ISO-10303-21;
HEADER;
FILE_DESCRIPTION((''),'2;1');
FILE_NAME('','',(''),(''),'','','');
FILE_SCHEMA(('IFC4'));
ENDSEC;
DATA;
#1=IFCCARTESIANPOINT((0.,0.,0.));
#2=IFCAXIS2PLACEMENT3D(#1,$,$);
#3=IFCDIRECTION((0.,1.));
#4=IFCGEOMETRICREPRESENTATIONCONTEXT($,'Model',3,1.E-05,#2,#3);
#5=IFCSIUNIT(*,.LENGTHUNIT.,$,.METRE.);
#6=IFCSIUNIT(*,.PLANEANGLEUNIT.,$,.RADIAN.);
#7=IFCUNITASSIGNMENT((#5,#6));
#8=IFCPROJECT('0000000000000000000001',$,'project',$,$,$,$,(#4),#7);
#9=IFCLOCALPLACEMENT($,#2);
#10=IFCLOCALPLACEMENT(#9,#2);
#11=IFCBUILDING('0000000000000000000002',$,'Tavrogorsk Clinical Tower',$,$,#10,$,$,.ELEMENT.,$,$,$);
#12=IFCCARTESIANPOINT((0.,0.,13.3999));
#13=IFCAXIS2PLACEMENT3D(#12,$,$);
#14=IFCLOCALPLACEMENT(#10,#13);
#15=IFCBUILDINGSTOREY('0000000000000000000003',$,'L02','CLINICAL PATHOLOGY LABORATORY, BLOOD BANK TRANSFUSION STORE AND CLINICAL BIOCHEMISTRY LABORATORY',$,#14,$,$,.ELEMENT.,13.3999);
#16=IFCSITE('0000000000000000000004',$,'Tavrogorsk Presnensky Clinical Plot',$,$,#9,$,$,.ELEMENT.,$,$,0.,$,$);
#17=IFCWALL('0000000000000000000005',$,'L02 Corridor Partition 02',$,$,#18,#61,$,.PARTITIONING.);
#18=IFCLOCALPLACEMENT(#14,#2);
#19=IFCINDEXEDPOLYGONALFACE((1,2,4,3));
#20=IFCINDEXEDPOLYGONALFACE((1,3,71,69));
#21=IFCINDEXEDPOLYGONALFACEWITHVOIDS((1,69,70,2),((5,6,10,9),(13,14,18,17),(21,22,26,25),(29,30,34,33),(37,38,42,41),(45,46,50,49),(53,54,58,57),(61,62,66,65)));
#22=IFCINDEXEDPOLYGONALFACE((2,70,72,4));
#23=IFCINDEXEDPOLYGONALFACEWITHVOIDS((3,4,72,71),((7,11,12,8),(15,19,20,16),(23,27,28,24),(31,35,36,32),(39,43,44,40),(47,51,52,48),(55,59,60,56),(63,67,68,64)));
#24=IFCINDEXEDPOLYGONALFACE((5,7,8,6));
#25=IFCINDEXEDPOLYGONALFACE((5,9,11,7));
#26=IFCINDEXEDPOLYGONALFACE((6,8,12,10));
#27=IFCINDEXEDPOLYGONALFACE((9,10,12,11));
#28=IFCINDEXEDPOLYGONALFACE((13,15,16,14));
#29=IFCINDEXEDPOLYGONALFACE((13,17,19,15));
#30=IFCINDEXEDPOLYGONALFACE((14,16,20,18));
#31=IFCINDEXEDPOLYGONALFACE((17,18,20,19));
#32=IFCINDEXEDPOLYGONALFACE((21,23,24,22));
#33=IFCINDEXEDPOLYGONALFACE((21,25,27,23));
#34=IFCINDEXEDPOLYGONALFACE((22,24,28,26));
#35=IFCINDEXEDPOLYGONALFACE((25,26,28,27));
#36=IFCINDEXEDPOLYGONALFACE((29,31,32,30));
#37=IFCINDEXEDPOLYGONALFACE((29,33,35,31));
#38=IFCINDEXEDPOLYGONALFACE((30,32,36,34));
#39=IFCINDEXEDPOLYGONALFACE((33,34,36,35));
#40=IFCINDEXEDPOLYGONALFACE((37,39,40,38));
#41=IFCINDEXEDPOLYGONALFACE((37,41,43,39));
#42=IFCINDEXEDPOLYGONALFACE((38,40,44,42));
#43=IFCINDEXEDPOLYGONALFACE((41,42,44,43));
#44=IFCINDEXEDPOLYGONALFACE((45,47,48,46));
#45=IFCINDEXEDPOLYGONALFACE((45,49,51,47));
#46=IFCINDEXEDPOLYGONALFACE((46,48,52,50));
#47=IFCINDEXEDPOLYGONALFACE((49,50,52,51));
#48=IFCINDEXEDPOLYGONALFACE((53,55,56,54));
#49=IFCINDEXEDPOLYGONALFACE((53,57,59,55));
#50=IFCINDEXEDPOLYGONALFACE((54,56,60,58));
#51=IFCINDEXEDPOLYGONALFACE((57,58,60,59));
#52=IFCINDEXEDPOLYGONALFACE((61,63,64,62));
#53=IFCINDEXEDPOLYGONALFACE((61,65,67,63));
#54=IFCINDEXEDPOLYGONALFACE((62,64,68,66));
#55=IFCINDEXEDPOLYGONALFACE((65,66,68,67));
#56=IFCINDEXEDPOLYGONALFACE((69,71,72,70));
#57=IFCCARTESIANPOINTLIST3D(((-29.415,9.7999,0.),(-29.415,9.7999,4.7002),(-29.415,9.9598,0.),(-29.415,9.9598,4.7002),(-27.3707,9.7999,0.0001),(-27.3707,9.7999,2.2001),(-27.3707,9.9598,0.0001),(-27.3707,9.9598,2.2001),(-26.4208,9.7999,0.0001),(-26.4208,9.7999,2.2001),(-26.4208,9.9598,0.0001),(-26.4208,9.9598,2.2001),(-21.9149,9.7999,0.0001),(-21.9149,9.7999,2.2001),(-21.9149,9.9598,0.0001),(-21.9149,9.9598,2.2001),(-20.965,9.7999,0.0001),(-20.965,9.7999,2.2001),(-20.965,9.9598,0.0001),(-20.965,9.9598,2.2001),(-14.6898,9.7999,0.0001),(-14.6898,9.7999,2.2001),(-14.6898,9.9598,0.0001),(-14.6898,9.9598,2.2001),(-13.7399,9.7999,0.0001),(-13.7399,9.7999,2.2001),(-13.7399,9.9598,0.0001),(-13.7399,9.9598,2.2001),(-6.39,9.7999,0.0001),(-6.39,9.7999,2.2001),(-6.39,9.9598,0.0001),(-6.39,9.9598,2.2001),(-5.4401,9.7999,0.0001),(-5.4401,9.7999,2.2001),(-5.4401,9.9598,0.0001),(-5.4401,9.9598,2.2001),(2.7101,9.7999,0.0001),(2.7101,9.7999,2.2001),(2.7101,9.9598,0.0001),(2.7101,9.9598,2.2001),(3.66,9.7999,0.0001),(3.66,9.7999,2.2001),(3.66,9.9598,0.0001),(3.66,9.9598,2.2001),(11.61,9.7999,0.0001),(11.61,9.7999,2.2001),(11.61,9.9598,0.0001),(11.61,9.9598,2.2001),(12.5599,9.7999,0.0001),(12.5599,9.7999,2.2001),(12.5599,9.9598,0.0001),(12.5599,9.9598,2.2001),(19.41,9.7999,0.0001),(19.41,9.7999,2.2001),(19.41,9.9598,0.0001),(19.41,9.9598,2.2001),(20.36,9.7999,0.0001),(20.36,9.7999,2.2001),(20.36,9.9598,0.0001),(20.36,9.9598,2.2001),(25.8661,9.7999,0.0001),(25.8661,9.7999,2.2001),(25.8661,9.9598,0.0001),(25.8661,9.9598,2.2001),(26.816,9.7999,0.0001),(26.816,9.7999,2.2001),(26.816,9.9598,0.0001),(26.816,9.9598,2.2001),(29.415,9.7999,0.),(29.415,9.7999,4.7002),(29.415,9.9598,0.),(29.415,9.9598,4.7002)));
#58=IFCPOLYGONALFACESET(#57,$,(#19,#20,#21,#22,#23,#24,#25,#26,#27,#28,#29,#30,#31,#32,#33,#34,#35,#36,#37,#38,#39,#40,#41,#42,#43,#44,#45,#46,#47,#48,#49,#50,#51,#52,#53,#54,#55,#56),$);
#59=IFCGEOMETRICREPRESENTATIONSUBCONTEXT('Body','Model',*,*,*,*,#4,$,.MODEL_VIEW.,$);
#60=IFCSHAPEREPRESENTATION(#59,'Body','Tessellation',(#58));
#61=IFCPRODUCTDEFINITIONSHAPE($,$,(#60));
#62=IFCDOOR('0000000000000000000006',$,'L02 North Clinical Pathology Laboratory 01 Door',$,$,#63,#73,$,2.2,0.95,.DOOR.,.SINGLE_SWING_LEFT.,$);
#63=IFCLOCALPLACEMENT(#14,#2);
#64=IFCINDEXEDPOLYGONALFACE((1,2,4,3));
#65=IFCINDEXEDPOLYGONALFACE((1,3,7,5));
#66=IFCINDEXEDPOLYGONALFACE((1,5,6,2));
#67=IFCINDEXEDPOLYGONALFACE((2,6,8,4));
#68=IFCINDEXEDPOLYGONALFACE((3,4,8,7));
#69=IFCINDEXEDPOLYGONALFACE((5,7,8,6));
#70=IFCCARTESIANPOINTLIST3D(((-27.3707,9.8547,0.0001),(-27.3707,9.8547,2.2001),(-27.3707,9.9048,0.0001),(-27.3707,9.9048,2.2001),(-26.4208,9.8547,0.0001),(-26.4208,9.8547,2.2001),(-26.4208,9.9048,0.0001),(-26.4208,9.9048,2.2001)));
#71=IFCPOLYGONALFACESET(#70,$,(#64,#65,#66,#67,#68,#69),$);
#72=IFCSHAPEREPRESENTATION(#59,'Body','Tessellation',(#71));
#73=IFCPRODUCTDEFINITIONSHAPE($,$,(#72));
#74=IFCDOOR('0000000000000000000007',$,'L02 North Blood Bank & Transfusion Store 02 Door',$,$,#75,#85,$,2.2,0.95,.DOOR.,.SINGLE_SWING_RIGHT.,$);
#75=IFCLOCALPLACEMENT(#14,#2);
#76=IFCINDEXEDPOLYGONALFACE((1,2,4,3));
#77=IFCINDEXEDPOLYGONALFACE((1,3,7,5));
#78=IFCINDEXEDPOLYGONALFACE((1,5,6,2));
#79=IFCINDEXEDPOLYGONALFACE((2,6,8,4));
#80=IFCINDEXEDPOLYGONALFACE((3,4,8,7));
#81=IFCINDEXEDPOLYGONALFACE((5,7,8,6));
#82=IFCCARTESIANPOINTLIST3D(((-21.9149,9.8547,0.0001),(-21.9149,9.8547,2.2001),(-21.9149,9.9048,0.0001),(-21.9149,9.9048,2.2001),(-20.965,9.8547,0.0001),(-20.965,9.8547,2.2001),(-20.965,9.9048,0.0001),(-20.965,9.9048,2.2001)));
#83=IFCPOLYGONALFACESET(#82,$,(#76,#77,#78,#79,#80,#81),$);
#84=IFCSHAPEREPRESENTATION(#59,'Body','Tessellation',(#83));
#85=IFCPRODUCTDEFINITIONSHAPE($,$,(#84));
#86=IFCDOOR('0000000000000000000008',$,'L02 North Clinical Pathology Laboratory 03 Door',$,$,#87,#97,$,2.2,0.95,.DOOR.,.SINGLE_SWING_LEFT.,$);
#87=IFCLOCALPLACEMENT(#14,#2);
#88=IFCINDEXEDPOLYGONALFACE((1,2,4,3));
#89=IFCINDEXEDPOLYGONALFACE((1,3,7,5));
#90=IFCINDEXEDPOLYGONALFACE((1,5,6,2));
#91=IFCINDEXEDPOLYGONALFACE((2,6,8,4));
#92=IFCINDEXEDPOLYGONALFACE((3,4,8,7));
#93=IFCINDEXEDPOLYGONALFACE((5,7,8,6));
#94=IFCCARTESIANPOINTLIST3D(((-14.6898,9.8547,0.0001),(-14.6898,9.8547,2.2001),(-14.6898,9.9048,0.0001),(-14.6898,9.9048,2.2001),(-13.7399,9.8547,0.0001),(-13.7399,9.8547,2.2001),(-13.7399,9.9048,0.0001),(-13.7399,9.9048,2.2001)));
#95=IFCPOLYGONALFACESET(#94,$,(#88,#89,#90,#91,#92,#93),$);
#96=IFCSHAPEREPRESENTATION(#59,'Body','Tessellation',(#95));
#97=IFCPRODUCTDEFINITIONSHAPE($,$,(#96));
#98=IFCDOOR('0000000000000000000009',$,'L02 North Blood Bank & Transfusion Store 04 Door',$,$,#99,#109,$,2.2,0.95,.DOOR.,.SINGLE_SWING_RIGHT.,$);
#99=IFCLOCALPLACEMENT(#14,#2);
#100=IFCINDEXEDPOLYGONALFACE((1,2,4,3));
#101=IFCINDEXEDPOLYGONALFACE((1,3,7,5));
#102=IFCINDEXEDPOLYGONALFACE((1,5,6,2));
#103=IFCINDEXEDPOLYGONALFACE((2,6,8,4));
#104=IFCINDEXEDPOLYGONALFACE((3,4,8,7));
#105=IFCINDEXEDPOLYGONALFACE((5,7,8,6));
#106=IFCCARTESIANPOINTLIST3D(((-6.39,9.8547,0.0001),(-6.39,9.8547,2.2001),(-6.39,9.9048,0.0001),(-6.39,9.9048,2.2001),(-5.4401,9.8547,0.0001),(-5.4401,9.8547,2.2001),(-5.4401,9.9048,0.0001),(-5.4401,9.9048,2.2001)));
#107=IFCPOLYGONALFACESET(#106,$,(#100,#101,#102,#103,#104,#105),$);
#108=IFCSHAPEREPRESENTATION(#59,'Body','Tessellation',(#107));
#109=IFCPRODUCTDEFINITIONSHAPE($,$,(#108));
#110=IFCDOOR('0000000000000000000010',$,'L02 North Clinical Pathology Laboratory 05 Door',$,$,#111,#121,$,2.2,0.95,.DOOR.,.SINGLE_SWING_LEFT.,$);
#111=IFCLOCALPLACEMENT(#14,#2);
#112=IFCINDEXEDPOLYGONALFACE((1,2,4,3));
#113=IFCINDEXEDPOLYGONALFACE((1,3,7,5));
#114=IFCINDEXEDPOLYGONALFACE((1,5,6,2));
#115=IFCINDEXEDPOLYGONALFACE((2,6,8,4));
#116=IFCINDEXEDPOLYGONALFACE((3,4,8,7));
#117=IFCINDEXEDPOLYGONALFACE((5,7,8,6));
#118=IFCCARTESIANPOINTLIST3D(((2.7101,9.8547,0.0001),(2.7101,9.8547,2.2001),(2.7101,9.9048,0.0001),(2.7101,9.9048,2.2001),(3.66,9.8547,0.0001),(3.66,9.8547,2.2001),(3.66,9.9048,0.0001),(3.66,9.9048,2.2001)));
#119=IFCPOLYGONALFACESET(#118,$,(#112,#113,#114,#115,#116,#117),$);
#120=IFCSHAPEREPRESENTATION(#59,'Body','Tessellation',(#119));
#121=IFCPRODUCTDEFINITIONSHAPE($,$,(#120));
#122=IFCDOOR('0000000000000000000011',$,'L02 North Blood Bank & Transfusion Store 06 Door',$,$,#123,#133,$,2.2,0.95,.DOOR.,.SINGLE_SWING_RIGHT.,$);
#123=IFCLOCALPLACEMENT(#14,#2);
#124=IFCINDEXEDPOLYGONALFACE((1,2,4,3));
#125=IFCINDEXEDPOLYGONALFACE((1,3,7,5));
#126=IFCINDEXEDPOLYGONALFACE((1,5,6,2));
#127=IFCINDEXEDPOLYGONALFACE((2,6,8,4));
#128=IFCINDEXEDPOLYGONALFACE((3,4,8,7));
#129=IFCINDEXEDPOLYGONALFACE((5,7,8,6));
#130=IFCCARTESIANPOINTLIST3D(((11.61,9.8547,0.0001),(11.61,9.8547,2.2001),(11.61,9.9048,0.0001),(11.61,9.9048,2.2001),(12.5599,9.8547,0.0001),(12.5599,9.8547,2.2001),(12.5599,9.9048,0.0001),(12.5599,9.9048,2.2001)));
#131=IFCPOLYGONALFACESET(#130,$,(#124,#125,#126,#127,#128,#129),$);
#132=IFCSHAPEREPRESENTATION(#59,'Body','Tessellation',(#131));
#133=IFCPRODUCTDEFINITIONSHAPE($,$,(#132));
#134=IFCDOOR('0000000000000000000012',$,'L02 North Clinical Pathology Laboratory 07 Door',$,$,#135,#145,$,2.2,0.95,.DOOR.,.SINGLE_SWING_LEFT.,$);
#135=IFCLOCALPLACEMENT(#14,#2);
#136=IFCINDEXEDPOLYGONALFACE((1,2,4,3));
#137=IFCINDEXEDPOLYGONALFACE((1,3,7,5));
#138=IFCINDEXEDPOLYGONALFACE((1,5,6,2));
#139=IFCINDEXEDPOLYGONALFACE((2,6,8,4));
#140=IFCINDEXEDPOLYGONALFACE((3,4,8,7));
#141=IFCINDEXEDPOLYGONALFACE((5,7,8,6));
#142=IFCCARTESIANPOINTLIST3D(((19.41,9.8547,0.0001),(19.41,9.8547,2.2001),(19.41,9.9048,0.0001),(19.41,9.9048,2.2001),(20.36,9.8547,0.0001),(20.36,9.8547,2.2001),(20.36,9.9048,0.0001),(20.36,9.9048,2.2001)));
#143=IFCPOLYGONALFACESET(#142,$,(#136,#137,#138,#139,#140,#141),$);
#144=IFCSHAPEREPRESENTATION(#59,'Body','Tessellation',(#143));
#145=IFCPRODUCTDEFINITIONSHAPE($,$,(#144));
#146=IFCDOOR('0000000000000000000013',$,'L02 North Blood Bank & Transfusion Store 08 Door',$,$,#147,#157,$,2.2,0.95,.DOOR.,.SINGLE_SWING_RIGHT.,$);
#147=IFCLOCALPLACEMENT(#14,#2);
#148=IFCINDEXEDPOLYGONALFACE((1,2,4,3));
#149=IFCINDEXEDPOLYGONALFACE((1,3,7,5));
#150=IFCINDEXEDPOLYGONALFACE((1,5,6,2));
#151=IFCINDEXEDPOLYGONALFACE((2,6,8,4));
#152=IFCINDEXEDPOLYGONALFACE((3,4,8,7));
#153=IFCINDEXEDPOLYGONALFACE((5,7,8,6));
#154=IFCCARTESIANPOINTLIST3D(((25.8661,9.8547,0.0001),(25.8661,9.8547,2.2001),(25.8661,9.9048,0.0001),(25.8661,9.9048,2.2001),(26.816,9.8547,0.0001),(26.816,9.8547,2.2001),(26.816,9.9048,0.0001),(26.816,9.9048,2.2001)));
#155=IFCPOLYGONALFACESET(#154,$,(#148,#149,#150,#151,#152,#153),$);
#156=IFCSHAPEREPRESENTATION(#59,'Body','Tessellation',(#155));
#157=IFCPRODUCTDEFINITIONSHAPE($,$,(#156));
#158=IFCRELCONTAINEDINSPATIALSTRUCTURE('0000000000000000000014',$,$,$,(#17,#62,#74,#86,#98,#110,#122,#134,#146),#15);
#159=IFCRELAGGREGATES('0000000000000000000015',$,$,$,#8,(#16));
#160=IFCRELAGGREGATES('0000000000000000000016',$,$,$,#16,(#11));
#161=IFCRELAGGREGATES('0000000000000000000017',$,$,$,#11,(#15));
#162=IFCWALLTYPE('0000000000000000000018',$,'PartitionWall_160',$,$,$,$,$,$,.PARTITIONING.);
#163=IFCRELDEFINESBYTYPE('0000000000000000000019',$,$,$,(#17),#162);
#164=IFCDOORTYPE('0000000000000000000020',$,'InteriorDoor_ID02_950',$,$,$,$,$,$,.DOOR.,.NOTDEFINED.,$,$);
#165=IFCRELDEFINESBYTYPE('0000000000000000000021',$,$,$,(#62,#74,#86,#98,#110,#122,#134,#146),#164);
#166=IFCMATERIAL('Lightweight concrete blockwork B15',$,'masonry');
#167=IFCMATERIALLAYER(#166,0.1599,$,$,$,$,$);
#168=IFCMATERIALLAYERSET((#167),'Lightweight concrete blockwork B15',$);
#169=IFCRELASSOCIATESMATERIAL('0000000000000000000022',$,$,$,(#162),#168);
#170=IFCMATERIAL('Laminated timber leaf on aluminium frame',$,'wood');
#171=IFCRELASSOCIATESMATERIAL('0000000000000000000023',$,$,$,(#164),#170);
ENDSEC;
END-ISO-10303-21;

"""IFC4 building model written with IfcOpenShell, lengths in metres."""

from ifc_helpers import new_model, si_unit, direction, frame, frame_2d, origin, place, context, subcontext, project, spatial, rectangle, extrude, material, layer, layer_set, type_object, element, fill, save


model = new_model("IFC4")

# Units and contexts
model_context = context("Model", 3, precision=1e-05, world=origin(), true_north=direction((0.0, 1.0)))
body_context = subcontext(model_context, "Body", "Model", "MODEL_VIEW")
ifc_project = project(units=[si_unit("LENGTHUNIT", "METRE"), si_unit("PLANEANGLEUNIT", "RADIAN")], contexts=[model_context])

# Site, building, storey
site_placement = place(None, origin())
site = spatial("IfcSite", under=ifc_project, at=site_placement, Name="Tavrogorsk Presnensky Clinical Plot", CompositionType="ELEMENT", RefElevation=0.0)
building_placement = place(site_placement, origin())
building = spatial("IfcBuilding", under=site, at=building_placement, Name="Tavrogorsk Clinical Tower", CompositionType="ELEMENT")
storey_placement = place(building_placement, frame((0.0, 0.0, 13.3999)))
storey = spatial("IfcBuildingStorey", under=building, at=storey_placement, Name="L02", Description="CLINICAL PATHOLOGY LABORATORY, BLOOD BANK TRANSFUSION STORE AND CLINICAL BIOCHEMISTRY LABORATORY", CompositionType="ELEMENT", Elevation=13.3999)

# Wall, openings, doors
ifc_material_1 = material(Name="Lightweight concrete blockwork B15", Category="masonry")
ifc_layer_1 = layer(ifc_material_1, 0.1599)
ifc_layer_set_1 = layer_set([ifc_layer_1], Name="Lightweight concrete blockwork B15")
wall_type_1 = type_object("IfcWallType", Name="PartitionWall_160", PredefinedType="PARTITIONING", material=ifc_layer_set_1)
wall_1_placement = place(storey_placement, frame((-29.415, 9.8799, 0.0), z_axis=(0.0, 0.0, 1.0), x_axis=(1.0, 0.0, 0.0)))
wall_1 = element("IfcWall", 1, at=wall_1_placement, inside=storey, type_object=wall_type_1, Name="L02 Corridor Partition 02", PredefinedType="PARTITIONING", context=body_context, shape_type="SweptSolid", body=[
    extrude(rectangle(XDim=58.8301, YDim=0.1599, at=frame_2d((29.415, 0.0))), origin(), (0.0, 0.0, 1.0), 4.7002),
])
opening_1_placement = place(wall_1_placement, frame((2.0442, 0.0, 0.0)))
opening_1 = element("IfcOpeningElement", 2, at=opening_1_placement, cuts=wall_1, PredefinedType="OPENING", context=body_context, shape_type="SweptSolid", body=[
    extrude(rectangle(XDim=0.95, YDim=2.2, at=frame_2d((0.4751, 1.1001))), frame((0.0, 0.0898, 0.0), z_axis=(0.0, -1.0, 0.0), x_axis=(1.0, 0.0, 0.0)), (0.0, 0.0, 1.0), 0.1799),
])
opening_2_placement = place(wall_1_placement, frame((7.5, 0.0, 0.0)))
opening_2 = element("IfcOpeningElement", 3, at=opening_2_placement, cuts=wall_1, PredefinedType="OPENING", context=body_context, shape_type="SweptSolid", body=[
    extrude(rectangle(XDim=0.95, YDim=2.2, at=frame_2d((0.4751, 1.1001))), frame((0.0, 0.0898, 0.0), z_axis=(0.0, -1.0, 0.0), x_axis=(1.0, 0.0, 0.0)), (0.0, 0.0, 1.0), 0.1799),
])
opening_3_placement = place(wall_1_placement, frame((14.7251, 0.0, 0.0)))
opening_3 = element("IfcOpeningElement", 4, at=opening_3_placement, cuts=wall_1, PredefinedType="OPENING", context=body_context, shape_type="SweptSolid", body=[
    extrude(rectangle(XDim=0.95, YDim=2.2, at=frame_2d((0.4751, 1.1001))), frame((0.0, 0.0898, 0.0), z_axis=(0.0, -1.0, 0.0), x_axis=(1.0, 0.0, 0.0)), (0.0, 0.0, 1.0), 0.1799),
])
opening_4_placement = place(wall_1_placement, frame((23.0249, 0.0, 0.0)))
opening_4 = element("IfcOpeningElement", 5, at=opening_4_placement, cuts=wall_1, PredefinedType="OPENING", context=body_context, shape_type="SweptSolid", body=[
    extrude(rectangle(XDim=0.95, YDim=2.2, at=frame_2d((0.4751, 1.1001))), frame((0.0, 0.0898, 0.0), z_axis=(0.0, -1.0, 0.0), x_axis=(1.0, 0.0, 0.0)), (0.0, 0.0, 1.0), 0.1799),
])
opening_5_placement = place(wall_1_placement, frame((32.125, 0.0, 0.0)))
opening_5 = element("IfcOpeningElement", 6, at=opening_5_placement, cuts=wall_1, PredefinedType="OPENING", context=body_context, shape_type="SweptSolid", body=[
    extrude(rectangle(XDim=0.95, YDim=2.2, at=frame_2d((0.4751, 1.1001))), frame((0.0, 0.0898, 0.0), z_axis=(0.0, -1.0, 0.0), x_axis=(1.0, 0.0, 0.0)), (0.0, 0.0, 1.0), 0.1799),
])
opening_6_placement = place(wall_1_placement, frame((41.0249, 0.0, 0.0)))
opening_6 = element("IfcOpeningElement", 7, at=opening_6_placement, cuts=wall_1, PredefinedType="OPENING", context=body_context, shape_type="SweptSolid", body=[
    extrude(rectangle(XDim=0.95, YDim=2.2, at=frame_2d((0.4751, 1.1001))), frame((0.0, 0.0898, 0.0), z_axis=(0.0, -1.0, 0.0), x_axis=(1.0, 0.0, 0.0)), (0.0, 0.0, 1.0), 0.1799),
])
opening_7_placement = place(wall_1_placement, frame((48.825, 0.0, 0.0)))
opening_7 = element("IfcOpeningElement", 8, at=opening_7_placement, cuts=wall_1, PredefinedType="OPENING", context=body_context, shape_type="SweptSolid", body=[
    extrude(rectangle(XDim=0.95, YDim=2.2, at=frame_2d((0.4751, 1.1001))), frame((0.0, 0.0898, 0.0), z_axis=(0.0, -1.0, 0.0), x_axis=(1.0, 0.0, 0.0)), (0.0, 0.0, 1.0), 0.1799),
])
opening_8_placement = place(wall_1_placement, frame((55.281, 0.0, 0.0)))
opening_8 = element("IfcOpeningElement", 9, at=opening_8_placement, cuts=wall_1, PredefinedType="OPENING", context=body_context, shape_type="SweptSolid", body=[
    extrude(rectangle(XDim=0.95, YDim=2.2, at=frame_2d((0.4751, 1.1001))), frame((0.0, 0.0898, 0.0), z_axis=(0.0, -1.0, 0.0), x_axis=(1.0, 0.0, 0.0)), (0.0, 0.0, 1.0), 0.1799),
])
ifc_material_2 = material(Name="Laminated timber leaf on aluminium frame", Category="wood")
door_type = type_object("IfcDoorType", Name="InteriorDoor_ID02_950", OperationType="NOTDEFINED", PredefinedType="DOOR", material=ifc_material_2)
door_1_placement = place(opening_1_placement, origin())
door_1 = element("IfcDoor", 10, at=door_1_placement, inside=storey, type_object=door_type, Name="L02 North Clinical Pathology Laboratory 01 Door", OperationType="SINGLE_SWING_LEFT", OverallHeight=2.2, OverallWidth=0.95, PredefinedType="DOOR", context=body_context, shape_type="SweptSolid", body=[
    extrude(rectangle(XDim=0.95, YDim=2.2, at=frame_2d((0.4751, 1.1001))), frame((0.0, 0.0249, 0.0), z_axis=(0.0, -1.0, 0.0), x_axis=(1.0, 0.0, 0.0)), (0.0, 0.0, 1.0), 0.05),
])
fill(opening_1, door_1)
door_2_placement = place(opening_2_placement, origin())
door_2 = element("IfcDoor", 11, at=door_2_placement, inside=storey, type_object=door_type, Name="L02 North Blood Bank & Transfusion Store 02 Door", OperationType="SINGLE_SWING_RIGHT", OverallHeight=2.2, OverallWidth=0.95, PredefinedType="DOOR", context=body_context, shape_type="SweptSolid", body=[
    extrude(rectangle(XDim=0.95, YDim=2.2, at=frame_2d((0.4751, 1.1001))), frame((0.0, 0.0249, 0.0), z_axis=(0.0, -1.0, 0.0), x_axis=(1.0, 0.0, 0.0)), (0.0, 0.0, 1.0), 0.05),
])
fill(opening_2, door_2)
door_3_placement = place(opening_3_placement, origin())
door_3 = element("IfcDoor", 12, at=door_3_placement, inside=storey, type_object=door_type, Name="L02 North Clinical Pathology Laboratory 03 Door", OperationType="SINGLE_SWING_LEFT", OverallHeight=2.2, OverallWidth=0.95, PredefinedType="DOOR", context=body_context, shape_type="SweptSolid", body=[
    extrude(rectangle(XDim=0.95, YDim=2.2, at=frame_2d((0.4751, 1.1001))), frame((0.0, 0.0249, 0.0), z_axis=(0.0, -1.0, 0.0), x_axis=(1.0, 0.0, 0.0)), (0.0, 0.0, 1.0), 0.05),
])
fill(opening_3, door_3)
door_4_placement = place(opening_4_placement, origin())
door_4 = element("IfcDoor", 13, at=door_4_placement, inside=storey, type_object=door_type, Name="L02 North Blood Bank & Transfusion Store 04 Door", OperationType="SINGLE_SWING_RIGHT", OverallHeight=2.2, OverallWidth=0.95, PredefinedType="DOOR", context=body_context, shape_type="SweptSolid", body=[
    extrude(rectangle(XDim=0.95, YDim=2.2, at=frame_2d((0.4751, 1.1001))), frame((0.0, 0.0249, 0.0), z_axis=(0.0, -1.0, 0.0), x_axis=(1.0, 0.0, 0.0)), (0.0, 0.0, 1.0), 0.05),
])
fill(opening_4, door_4)
door_5_placement = place(opening_5_placement, origin())
door_5 = element("IfcDoor", 14, at=door_5_placement, inside=storey, type_object=door_type, Name="L02 North Clinical Pathology Laboratory 05 Door", OperationType="SINGLE_SWING_LEFT", OverallHeight=2.2, OverallWidth=0.95, PredefinedType="DOOR", context=body_context, shape_type="SweptSolid", body=[
    extrude(rectangle(XDim=0.95, YDim=2.2, at=frame_2d((0.4751, 1.1001))), frame((0.0, 0.0249, 0.0), z_axis=(0.0, -1.0, 0.0), x_axis=(1.0, 0.0, 0.0)), (0.0, 0.0, 1.0), 0.05),
])
fill(opening_5, door_5)
door_6_placement = place(opening_6_placement, origin())
door_6 = element("IfcDoor", 15, at=door_6_placement, inside=storey, type_object=door_type, Name="L02 North Blood Bank & Transfusion Store 06 Door", OperationType="SINGLE_SWING_RIGHT", OverallHeight=2.2, OverallWidth=0.95, PredefinedType="DOOR", context=body_context, shape_type="SweptSolid", body=[
    extrude(rectangle(XDim=0.95, YDim=2.2, at=frame_2d((0.4751, 1.1001))), frame((0.0, 0.0249, 0.0), z_axis=(0.0, -1.0, 0.0), x_axis=(1.0, 0.0, 0.0)), (0.0, 0.0, 1.0), 0.05),
])
fill(opening_6, door_6)
door_7_placement = place(opening_7_placement, origin())
door_7 = element("IfcDoor", 16, at=door_7_placement, inside=storey, type_object=door_type, Name="L02 North Clinical Pathology Laboratory 07 Door", OperationType="SINGLE_SWING_LEFT", OverallHeight=2.2, OverallWidth=0.95, PredefinedType="DOOR", context=body_context, shape_type="SweptSolid", body=[
    extrude(rectangle(XDim=0.95, YDim=2.2, at=frame_2d((0.4751, 1.1001))), frame((0.0, 0.0249, 0.0), z_axis=(0.0, -1.0, 0.0), x_axis=(1.0, 0.0, 0.0)), (0.0, 0.0, 1.0), 0.05),
])
fill(opening_7, door_7)
door_8_placement = place(opening_8_placement, origin())
door_8 = element("IfcDoor", 17, at=door_8_placement, inside=storey, type_object=door_type, Name="L02 North Blood Bank & Transfusion Store 08 Door", OperationType="SINGLE_SWING_RIGHT", OverallHeight=2.2, OverallWidth=0.95, PredefinedType="DOOR", context=body_context, shape_type="SweptSolid", body=[
    extrude(rectangle(XDim=0.95, YDim=2.2, at=frame_2d((0.4751, 1.1001))), frame((0.0, 0.0249, 0.0), z_axis=(0.0, -1.0, 0.0), x_axis=(1.0, 0.0, 0.0)), (0.0, 0.0, 1.0), 0.05),
])
fill(opening_8, door_8)

save(model, "model.ifc")
